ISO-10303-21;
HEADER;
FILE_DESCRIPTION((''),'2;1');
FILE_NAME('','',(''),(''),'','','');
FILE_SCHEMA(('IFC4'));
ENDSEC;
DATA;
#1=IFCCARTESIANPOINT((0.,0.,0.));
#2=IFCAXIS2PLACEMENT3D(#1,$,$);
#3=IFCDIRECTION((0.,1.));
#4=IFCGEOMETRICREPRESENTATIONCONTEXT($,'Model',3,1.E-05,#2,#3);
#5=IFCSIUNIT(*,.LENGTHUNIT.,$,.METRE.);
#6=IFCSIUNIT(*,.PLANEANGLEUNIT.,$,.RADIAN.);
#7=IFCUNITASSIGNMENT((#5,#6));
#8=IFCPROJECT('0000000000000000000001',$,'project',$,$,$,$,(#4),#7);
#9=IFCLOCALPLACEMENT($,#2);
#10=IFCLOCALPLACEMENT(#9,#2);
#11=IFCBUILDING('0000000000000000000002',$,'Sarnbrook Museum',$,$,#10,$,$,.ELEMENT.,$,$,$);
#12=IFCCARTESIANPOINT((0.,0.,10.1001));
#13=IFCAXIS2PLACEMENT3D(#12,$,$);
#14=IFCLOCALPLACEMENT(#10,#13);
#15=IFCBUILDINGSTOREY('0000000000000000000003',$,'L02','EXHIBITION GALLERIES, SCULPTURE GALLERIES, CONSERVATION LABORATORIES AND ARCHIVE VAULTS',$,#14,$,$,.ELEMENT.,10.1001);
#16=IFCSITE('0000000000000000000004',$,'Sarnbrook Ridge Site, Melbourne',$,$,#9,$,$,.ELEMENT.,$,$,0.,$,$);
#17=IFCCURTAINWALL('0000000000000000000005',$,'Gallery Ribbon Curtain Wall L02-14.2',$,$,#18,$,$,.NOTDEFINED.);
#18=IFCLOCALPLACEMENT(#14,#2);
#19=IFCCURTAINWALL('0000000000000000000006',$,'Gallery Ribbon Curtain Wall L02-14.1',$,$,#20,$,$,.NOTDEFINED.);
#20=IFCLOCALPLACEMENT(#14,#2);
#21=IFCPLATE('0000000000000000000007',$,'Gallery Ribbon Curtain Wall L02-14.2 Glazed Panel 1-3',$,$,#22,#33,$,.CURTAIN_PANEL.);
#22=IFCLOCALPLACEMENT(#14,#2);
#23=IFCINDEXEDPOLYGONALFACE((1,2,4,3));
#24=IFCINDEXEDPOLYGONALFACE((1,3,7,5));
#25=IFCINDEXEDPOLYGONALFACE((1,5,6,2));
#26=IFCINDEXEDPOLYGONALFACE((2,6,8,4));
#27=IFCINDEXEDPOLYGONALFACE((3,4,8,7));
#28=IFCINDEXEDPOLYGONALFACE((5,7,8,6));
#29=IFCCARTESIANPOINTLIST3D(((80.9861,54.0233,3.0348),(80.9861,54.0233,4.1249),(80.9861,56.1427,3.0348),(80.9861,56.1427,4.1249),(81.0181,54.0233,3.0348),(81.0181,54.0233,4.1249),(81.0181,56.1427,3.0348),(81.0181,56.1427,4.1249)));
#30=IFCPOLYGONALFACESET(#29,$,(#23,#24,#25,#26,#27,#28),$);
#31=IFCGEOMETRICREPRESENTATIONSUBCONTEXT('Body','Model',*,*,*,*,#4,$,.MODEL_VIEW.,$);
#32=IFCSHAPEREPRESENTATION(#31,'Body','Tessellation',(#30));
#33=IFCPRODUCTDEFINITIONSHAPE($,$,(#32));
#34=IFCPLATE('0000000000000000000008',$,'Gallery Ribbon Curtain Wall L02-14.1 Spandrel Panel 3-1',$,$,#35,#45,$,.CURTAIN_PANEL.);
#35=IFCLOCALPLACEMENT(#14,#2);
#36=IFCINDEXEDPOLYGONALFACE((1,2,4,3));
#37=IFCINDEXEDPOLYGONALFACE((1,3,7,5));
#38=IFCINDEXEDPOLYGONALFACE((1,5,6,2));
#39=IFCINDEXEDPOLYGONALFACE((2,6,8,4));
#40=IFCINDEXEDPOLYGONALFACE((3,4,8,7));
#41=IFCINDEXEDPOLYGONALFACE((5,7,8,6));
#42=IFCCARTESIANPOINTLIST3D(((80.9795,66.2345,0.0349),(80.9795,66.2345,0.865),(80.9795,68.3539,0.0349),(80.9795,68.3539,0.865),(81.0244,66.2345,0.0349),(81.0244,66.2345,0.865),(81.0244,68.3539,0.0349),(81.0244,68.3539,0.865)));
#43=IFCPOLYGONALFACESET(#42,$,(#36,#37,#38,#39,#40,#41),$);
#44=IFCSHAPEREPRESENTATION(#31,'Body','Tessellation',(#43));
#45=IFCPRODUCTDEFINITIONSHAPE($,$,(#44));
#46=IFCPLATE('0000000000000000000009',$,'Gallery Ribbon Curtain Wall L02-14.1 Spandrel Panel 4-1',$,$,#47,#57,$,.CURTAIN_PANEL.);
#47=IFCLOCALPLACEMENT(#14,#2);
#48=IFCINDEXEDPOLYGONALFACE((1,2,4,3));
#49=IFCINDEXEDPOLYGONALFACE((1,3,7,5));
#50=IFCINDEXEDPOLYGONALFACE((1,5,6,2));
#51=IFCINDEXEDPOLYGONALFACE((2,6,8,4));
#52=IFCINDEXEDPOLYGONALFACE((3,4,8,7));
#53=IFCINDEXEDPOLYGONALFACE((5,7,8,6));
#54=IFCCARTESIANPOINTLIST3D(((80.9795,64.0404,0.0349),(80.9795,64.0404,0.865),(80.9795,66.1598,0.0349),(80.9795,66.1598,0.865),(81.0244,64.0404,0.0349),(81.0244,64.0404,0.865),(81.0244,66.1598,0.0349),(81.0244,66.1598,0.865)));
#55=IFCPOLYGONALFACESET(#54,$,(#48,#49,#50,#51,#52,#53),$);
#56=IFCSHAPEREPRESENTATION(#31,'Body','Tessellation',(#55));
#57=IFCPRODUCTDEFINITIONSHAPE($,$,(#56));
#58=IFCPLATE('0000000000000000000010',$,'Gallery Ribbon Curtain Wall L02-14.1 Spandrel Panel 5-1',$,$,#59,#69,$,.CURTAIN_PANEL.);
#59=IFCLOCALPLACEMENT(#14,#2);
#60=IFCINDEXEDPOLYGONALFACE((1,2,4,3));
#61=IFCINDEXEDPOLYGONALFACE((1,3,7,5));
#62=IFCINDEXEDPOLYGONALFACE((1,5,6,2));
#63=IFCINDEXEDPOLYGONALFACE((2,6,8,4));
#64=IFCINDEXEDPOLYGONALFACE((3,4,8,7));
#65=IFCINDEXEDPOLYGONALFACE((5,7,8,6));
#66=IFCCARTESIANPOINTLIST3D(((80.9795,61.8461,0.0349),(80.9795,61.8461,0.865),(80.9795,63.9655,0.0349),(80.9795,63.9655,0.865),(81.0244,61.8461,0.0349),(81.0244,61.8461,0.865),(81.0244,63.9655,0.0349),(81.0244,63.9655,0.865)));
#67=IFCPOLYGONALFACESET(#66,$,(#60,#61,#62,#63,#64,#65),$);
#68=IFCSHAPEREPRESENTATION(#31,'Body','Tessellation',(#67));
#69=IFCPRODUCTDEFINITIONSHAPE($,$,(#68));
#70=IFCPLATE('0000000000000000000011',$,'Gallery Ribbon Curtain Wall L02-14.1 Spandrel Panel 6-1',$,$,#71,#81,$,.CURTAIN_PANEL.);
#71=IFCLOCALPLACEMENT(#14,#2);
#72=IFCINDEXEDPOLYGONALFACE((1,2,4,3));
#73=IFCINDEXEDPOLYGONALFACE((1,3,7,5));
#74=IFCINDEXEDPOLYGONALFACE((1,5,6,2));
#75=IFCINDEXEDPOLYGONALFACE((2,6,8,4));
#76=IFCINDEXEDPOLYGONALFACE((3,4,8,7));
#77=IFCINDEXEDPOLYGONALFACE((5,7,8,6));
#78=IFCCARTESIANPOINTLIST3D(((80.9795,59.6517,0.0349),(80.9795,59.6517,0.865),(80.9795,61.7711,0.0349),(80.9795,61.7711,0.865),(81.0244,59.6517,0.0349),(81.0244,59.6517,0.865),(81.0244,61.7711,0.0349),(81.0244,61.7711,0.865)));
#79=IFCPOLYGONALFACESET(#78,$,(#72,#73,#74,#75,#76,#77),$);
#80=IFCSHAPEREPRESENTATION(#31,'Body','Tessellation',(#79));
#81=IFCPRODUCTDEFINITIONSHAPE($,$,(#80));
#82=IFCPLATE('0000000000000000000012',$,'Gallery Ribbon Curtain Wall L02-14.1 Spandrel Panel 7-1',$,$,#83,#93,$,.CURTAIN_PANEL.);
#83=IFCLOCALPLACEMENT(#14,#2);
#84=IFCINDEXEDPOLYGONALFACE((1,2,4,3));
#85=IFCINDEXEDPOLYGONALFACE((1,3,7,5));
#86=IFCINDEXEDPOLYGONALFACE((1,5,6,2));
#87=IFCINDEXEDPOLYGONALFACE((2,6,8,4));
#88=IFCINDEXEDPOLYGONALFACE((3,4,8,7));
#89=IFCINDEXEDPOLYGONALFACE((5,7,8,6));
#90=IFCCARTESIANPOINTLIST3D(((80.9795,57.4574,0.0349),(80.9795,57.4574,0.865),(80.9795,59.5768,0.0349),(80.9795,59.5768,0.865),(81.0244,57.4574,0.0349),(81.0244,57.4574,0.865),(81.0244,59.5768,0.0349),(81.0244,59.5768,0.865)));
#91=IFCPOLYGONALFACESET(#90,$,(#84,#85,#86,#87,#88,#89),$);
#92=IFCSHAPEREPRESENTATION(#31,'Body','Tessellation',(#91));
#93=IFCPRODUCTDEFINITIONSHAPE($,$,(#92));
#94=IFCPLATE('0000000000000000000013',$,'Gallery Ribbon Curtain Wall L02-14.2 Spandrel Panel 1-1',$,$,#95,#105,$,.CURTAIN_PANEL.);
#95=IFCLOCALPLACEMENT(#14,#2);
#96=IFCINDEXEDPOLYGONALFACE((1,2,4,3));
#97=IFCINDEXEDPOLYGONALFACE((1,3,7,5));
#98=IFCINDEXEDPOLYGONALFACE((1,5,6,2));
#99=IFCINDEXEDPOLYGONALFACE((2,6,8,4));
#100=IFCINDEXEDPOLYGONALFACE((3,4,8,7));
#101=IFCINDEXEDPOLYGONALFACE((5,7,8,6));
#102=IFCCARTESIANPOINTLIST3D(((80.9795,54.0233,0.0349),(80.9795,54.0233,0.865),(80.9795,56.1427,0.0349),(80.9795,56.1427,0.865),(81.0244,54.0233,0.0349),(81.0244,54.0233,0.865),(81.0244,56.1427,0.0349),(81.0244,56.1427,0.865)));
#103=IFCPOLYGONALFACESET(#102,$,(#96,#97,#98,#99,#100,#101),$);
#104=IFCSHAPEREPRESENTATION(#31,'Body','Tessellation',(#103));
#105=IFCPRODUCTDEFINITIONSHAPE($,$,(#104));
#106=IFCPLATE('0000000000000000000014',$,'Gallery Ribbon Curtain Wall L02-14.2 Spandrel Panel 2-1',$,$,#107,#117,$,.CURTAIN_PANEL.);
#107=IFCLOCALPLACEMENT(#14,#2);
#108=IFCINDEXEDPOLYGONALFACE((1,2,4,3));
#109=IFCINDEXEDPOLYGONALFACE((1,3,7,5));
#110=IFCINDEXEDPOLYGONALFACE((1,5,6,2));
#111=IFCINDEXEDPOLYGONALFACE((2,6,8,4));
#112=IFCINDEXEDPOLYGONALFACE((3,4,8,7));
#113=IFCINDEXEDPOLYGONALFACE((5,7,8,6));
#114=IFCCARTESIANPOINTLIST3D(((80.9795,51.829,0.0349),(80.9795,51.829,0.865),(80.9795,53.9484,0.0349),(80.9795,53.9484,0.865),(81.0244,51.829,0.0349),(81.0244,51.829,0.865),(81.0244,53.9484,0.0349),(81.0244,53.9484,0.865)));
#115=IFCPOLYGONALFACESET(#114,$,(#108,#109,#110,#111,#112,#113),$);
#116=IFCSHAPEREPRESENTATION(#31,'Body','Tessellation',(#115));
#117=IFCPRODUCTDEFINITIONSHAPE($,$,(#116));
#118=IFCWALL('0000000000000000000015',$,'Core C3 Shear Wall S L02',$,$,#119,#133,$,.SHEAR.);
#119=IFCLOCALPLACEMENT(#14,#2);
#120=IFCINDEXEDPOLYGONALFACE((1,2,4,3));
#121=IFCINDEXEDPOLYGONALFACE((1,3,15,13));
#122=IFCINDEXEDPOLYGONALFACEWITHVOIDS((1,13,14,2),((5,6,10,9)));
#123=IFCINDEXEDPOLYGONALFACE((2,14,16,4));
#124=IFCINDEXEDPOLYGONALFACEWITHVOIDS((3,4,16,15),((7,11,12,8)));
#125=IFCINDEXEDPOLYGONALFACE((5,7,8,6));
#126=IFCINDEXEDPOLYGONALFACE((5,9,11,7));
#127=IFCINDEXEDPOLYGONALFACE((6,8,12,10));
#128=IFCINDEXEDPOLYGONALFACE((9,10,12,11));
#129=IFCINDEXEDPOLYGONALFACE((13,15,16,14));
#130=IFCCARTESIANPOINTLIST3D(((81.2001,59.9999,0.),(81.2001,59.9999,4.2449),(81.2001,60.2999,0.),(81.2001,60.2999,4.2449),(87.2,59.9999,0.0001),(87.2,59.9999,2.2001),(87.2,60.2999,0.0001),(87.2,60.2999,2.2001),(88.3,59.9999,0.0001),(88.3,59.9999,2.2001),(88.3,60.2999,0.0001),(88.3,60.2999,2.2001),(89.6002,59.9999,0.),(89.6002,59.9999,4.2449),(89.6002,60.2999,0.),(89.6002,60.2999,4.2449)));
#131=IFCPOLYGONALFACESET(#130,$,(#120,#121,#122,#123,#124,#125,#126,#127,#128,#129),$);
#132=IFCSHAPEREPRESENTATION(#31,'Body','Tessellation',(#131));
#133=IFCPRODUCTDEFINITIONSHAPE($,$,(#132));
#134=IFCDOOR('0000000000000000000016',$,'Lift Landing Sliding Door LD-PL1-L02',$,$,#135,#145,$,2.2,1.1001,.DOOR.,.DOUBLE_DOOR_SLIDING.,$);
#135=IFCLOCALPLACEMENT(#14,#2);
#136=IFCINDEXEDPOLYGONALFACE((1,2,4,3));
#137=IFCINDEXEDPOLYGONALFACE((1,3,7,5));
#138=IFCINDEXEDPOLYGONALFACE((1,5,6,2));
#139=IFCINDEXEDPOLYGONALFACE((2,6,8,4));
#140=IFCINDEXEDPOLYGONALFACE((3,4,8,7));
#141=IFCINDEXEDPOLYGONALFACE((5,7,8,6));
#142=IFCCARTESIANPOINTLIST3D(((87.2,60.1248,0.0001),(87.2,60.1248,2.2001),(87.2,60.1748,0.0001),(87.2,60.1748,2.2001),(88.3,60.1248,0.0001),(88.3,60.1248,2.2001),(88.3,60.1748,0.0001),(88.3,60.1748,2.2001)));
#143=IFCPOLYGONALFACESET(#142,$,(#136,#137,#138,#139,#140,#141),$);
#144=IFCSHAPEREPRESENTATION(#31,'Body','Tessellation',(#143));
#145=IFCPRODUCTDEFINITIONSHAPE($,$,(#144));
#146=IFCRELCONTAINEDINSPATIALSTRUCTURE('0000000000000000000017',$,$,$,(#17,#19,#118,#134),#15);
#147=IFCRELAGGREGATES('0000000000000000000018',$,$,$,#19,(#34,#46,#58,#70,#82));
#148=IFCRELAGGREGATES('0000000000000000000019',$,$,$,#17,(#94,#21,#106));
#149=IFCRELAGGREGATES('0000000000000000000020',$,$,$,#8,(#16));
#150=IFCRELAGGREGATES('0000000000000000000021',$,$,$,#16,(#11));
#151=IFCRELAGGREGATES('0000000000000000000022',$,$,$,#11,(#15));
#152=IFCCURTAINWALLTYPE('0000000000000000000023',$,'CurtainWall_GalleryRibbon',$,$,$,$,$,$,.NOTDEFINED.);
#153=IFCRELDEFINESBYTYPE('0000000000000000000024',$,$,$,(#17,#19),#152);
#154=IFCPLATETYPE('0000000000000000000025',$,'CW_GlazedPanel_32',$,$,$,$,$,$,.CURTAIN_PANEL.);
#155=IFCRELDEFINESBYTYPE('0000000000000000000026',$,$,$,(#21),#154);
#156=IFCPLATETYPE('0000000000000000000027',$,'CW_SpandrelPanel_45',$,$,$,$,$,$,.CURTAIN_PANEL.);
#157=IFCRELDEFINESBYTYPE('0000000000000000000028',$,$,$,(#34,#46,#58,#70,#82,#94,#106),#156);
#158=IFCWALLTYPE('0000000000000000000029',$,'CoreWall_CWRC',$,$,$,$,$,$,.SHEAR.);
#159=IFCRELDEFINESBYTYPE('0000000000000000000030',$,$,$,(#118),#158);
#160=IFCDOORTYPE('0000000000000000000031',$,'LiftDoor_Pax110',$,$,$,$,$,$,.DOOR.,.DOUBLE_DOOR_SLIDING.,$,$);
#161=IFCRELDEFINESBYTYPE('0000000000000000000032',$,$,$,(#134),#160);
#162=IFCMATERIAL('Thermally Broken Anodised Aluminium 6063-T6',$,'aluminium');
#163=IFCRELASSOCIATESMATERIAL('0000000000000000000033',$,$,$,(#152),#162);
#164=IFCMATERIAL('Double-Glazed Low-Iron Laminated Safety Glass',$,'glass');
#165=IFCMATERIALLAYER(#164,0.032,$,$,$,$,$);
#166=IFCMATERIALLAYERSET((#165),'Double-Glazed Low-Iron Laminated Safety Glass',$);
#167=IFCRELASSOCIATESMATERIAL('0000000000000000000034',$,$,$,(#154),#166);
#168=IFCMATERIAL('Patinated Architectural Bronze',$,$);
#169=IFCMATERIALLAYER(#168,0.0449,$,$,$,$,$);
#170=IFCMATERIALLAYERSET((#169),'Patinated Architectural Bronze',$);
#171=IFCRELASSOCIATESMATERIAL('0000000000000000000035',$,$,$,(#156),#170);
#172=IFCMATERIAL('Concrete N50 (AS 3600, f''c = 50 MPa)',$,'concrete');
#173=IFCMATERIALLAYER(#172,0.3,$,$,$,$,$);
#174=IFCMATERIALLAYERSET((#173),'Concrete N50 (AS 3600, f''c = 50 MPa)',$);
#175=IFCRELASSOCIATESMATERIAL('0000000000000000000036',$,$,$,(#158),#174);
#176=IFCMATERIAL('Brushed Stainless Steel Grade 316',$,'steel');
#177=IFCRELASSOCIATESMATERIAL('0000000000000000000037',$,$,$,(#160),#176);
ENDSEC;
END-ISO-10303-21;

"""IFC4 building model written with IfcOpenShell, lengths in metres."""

from ifc_helpers import new_model, si_unit, direction, frame, frame_2d, origin, origin_2d, place, context, subcontext, project, spatial, rectangle, extrude, material, layer, layer_set, type_object, element, fill, aggregate, save


model = new_model("IFC4")

# Units and contexts
model_context = context("Model", 3, precision=1e-05, world=origin(), true_north=direction((0.0, 1.0)))
body_context = subcontext(model_context, "Body", "Model", "MODEL_VIEW")
ifc_project = project(units=[si_unit("LENGTHUNIT", "METRE"), si_unit("PLANEANGLEUNIT", "RADIAN")], contexts=[model_context])

# Site, building, storey
site_placement = place(None, origin())
site = spatial("IfcSite", under=ifc_project, at=site_placement, Name="Sarnbrook Ridge Site, Melbourne", CompositionType="ELEMENT", RefElevation=0.0)
building_placement = place(site_placement, origin())
building = spatial("IfcBuilding", under=site, at=building_placement, Name="Sarnbrook Museum", CompositionType="ELEMENT")
storey_placement = place(building_placement, frame((0.0, 0.0, 10.1001)))
storey = spatial("IfcBuildingStorey", under=building, at=storey_placement, Name="L02", Description="EXHIBITION GALLERIES, SCULPTURE GALLERIES, CONSERVATION LABORATORIES AND ARCHIVE VAULTS", CompositionType="ELEMENT", Elevation=10.1001)

# Curtain wall
ifc_material_1 = material(Name="Thermally Broken Anodised Aluminium 6063-T6", Category="aluminium")
curtain_wall_type = type_object("IfcCurtainWallType", Name="CurtainWall_GalleryRibbon", PredefinedType="NOTDEFINED", material=ifc_material_1)
curtain_wall_1_placement = place(storey_placement, origin())
curtain_wall_1 = element("IfcCurtainWall", 1, at=curtain_wall_1_placement, inside=storey, type_object=curtain_wall_type, Name="Gallery Ribbon Curtain Wall L02-14.2", PredefinedType="NOTDEFINED")

# Curtain wall
curtain_wall_2_placement = place(storey_placement, origin())
curtain_wall_2 = element("IfcCurtainWall", 2, at=curtain_wall_2_placement, inside=storey, type_object=curtain_wall_type, Name="Gallery Ribbon Curtain Wall L02-14.1", PredefinedType="NOTDEFINED")
ifc_material_2 = material(Name="Double-Glazed Low-Iron Laminated Safety Glass", Category="glass")
ifc_layer_1 = layer(ifc_material_2, 0.032)
ifc_layer_set_1 = layer_set([ifc_layer_1], Name="Double-Glazed Low-Iron Laminated Safety Glass")
plate_type_1 = type_object("IfcPlateType", Name="CW_GlazedPanel_32", PredefinedType="CURTAIN_PANEL", material=ifc_layer_set_1)

# Plates
plate_1_placement = place(storey_placement, frame((81.0181, 55.083, 3.5798), z_axis=(-1.0, 0.0, 0.0), x_axis=(0.0, -1.0, 0.0)))
plate_1 = element("IfcPlate", 3, at=plate_1_placement, type_object=plate_type_1, Name="Gallery Ribbon Curtain Wall L02-14.2 Glazed Panel 1-3", PredefinedType="CURTAIN_PANEL", context=body_context, shape_type="SweptSolid", body=[
    extrude(rectangle(XDim=2.1194, YDim=1.0901, at=origin_2d()), origin(), (0.0, 0.0, 1.0), 0.032),
])
ifc_material_3 = material(Name="Patinated Architectural Bronze")
ifc_layer_2 = layer(ifc_material_3, 0.0449)
ifc_layer_set_2 = layer_set([ifc_layer_2], Name="Patinated Architectural Bronze")
plate_type_2 = type_object("IfcPlateType", Name="CW_SpandrelPanel_45", PredefinedType="CURTAIN_PANEL", material=ifc_layer_set_2)
plate_2_placement = place(storey_placement, frame((81.0244, 67.2942, 0.45), z_axis=(-1.0, 0.0, 0.0), x_axis=(0.0, -1.0, 0.0)))
plate_2 = element("IfcPlate", 4, at=plate_2_placement, type_object=plate_type_2, Name="Gallery Ribbon Curtain Wall L02-14.1 Spandrel Panel 3-1", PredefinedType="CURTAIN_PANEL", context=body_context, shape_type="SweptSolid", body=[
    extrude(rectangle(XDim=2.1194, YDim=0.8301, at=origin_2d()), origin(), (0.0, 0.0, 1.0), 0.0449),
])
plate_3_placement = place(storey_placement, frame((81.0244, 65.1001, 0.45), z_axis=(-1.0, 0.0, 0.0), x_axis=(0.0, -1.0, 0.0)))
plate_3 = element("IfcPlate", 5, at=plate_3_placement, type_object=plate_type_2, Name="Gallery Ribbon Curtain Wall L02-14.1 Spandrel Panel 4-1", PredefinedType="CURTAIN_PANEL", context=body_context, shape_type="SweptSolid", body=[
    extrude(rectangle(XDim=2.1194, YDim=0.8301, at=origin_2d()), origin(), (0.0, 0.0, 1.0), 0.0449),
])
plate_4_placement = place(storey_placement, frame((81.0244, 62.9058, 0.45), z_axis=(-1.0, 0.0, 0.0), x_axis=(0.0, -1.0, 0.0)))
plate_4 = element("IfcPlate", 6, at=plate_4_placement, type_object=plate_type_2, Name="Gallery Ribbon Curtain Wall L02-14.1 Spandrel Panel 5-1", PredefinedType="CURTAIN_PANEL", context=body_context, shape_type="SweptSolid", body=[
    extrude(rectangle(XDim=2.1194, YDim=0.8301, at=origin_2d()), origin(), (0.0, 0.0, 1.0), 0.0449),
])
plate_5_placement = place(storey_placement, frame((81.0244, 60.7114, 0.45), z_axis=(-1.0, 0.0, 0.0), x_axis=(0.0, -1.0, 0.0)))
plate_5 = element("IfcPlate", 7, at=plate_5_placement, type_object=plate_type_2, Name="Gallery Ribbon Curtain Wall L02-14.1 Spandrel Panel 6-1", PredefinedType="CURTAIN_PANEL", context=body_context, shape_type="SweptSolid", body=[
    extrude(rectangle(XDim=2.1194, YDim=0.8301, at=origin_2d()), origin(), (0.0, 0.0, 1.0), 0.0449),
])
plate_6_placement = place(storey_placement, frame((81.0244, 58.5171, 0.45), z_axis=(-1.0, 0.0, 0.0), x_axis=(0.0, -1.0, 0.0)))
plate_6 = element("IfcPlate", 8, at=plate_6_placement, type_object=plate_type_2, Name="Gallery Ribbon Curtain Wall L02-14.1 Spandrel Panel 7-1", PredefinedType="CURTAIN_PANEL", context=body_context, shape_type="SweptSolid", body=[
    extrude(rectangle(XDim=2.1194, YDim=0.8301, at=origin_2d()), origin(), (0.0, 0.0, 1.0), 0.0449),
])
aggregate(curtain_wall_2, [plate_2, plate_3, plate_4, plate_5, plate_6])
plate_7_placement = place(storey_placement, frame((81.0244, 55.083, 0.45), z_axis=(-1.0, 0.0, 0.0), x_axis=(0.0, -1.0, 0.0)))
plate_7 = element("IfcPlate", 9, at=plate_7_placement, type_object=plate_type_2, Name="Gallery Ribbon Curtain Wall L02-14.2 Spandrel Panel 1-1", PredefinedType="CURTAIN_PANEL", context=body_context, shape_type="SweptSolid", body=[
    extrude(rectangle(XDim=2.1194, YDim=0.8301, at=origin_2d()), origin(), (0.0, 0.0, 1.0), 0.0449),
])
plate_8_placement = place(storey_placement, frame((81.0244, 52.8887, 0.45), z_axis=(-1.0, 0.0, 0.0), x_axis=(0.0, -1.0, 0.0)))
plate_8 = element("IfcPlate", 10, at=plate_8_placement, type_object=plate_type_2, Name="Gallery Ribbon Curtain Wall L02-14.2 Spandrel Panel 2-1", PredefinedType="CURTAIN_PANEL", context=body_context, shape_type="SweptSolid", body=[
    extrude(rectangle(XDim=2.1194, YDim=0.8301, at=origin_2d()), origin(), (0.0, 0.0, 1.0), 0.0449),
])
aggregate(curtain_wall_1, [plate_7, plate_1, plate_8])

# Wall, opening, door
ifc_material_4 = material(Name="Concrete N50 (AS 3600, f'c = 50 MPa)", Category="concrete")
ifc_layer_3 = layer(ifc_material_4, 0.3)
ifc_layer_set_3 = layer_set([ifc_layer_3], Name="Concrete N50 (AS 3600, f'c = 50 MPa)")
wall_type = type_object("IfcWallType", Name="CoreWall_CWRC", PredefinedType="SHEAR", material=ifc_layer_set_3)
wall_placement = place(storey_placement, frame((81.2, 60.1499, 0.0), z_axis=(0.0, 0.0, 1.0), x_axis=(1.0, 0.0, 0.0)))
wall = element("IfcWall", 11, at=wall_placement, inside=storey, type_object=wall_type, Name="Core C3 Shear Wall S L02", PredefinedType="SHEAR", context=body_context, shape_type="SweptSolid", body=[
    extrude(rectangle(XDim=8.4001, YDim=0.3, at=frame_2d((4.2002, 0.0))), origin(), (0.0, 0.0, 1.0), 4.2449),
])
opening_placement = place(wall_placement, frame((6.0, 0.0, 0.0)))
opening = element("IfcOpeningElement", 12, at=opening_placement, cuts=wall, PredefinedType="OPENING", context=body_context, shape_type="SweptSolid", body=[
    extrude(rectangle(XDim=1.1001, YDim=2.2, at=frame_2d((0.55, 1.1001))), frame((0.0, 0.1602, 0.0), z_axis=(0.0, -1.0, 0.0), x_axis=(1.0, 0.0, 0.0)), (0.0, 0.0, 1.0), 0.3201),
])
ifc_material_5 = material(Name="Brushed Stainless Steel Grade 316", Category="steel")
door_type = type_object("IfcDoorType", Name="LiftDoor_Pax110", OperationType="DOUBLE_DOOR_SLIDING", PredefinedType="DOOR", material=ifc_material_5)
door_placement = place(opening_placement, origin())
door = element("IfcDoor", 13, at=door_placement, inside=storey, type_object=door_type, Name="Lift Landing Sliding Door LD-PL1-L02", OperationType="DOUBLE_DOOR_SLIDING", OverallHeight=2.2, OverallWidth=1.1001, PredefinedType="DOOR", context=body_context, shape_type="SweptSolid", body=[
    extrude(rectangle(XDim=1.1001, YDim=2.2, at=frame_2d((0.55, 1.1001))), frame((0.0, 0.0249, 0.0), z_axis=(0.0, -1.0, 0.0), x_axis=(1.0, 0.0, 0.0)), (0.0, 0.0, 1.0), 0.05),
])
fill(opening, door)

save(model, "model.ifc")
